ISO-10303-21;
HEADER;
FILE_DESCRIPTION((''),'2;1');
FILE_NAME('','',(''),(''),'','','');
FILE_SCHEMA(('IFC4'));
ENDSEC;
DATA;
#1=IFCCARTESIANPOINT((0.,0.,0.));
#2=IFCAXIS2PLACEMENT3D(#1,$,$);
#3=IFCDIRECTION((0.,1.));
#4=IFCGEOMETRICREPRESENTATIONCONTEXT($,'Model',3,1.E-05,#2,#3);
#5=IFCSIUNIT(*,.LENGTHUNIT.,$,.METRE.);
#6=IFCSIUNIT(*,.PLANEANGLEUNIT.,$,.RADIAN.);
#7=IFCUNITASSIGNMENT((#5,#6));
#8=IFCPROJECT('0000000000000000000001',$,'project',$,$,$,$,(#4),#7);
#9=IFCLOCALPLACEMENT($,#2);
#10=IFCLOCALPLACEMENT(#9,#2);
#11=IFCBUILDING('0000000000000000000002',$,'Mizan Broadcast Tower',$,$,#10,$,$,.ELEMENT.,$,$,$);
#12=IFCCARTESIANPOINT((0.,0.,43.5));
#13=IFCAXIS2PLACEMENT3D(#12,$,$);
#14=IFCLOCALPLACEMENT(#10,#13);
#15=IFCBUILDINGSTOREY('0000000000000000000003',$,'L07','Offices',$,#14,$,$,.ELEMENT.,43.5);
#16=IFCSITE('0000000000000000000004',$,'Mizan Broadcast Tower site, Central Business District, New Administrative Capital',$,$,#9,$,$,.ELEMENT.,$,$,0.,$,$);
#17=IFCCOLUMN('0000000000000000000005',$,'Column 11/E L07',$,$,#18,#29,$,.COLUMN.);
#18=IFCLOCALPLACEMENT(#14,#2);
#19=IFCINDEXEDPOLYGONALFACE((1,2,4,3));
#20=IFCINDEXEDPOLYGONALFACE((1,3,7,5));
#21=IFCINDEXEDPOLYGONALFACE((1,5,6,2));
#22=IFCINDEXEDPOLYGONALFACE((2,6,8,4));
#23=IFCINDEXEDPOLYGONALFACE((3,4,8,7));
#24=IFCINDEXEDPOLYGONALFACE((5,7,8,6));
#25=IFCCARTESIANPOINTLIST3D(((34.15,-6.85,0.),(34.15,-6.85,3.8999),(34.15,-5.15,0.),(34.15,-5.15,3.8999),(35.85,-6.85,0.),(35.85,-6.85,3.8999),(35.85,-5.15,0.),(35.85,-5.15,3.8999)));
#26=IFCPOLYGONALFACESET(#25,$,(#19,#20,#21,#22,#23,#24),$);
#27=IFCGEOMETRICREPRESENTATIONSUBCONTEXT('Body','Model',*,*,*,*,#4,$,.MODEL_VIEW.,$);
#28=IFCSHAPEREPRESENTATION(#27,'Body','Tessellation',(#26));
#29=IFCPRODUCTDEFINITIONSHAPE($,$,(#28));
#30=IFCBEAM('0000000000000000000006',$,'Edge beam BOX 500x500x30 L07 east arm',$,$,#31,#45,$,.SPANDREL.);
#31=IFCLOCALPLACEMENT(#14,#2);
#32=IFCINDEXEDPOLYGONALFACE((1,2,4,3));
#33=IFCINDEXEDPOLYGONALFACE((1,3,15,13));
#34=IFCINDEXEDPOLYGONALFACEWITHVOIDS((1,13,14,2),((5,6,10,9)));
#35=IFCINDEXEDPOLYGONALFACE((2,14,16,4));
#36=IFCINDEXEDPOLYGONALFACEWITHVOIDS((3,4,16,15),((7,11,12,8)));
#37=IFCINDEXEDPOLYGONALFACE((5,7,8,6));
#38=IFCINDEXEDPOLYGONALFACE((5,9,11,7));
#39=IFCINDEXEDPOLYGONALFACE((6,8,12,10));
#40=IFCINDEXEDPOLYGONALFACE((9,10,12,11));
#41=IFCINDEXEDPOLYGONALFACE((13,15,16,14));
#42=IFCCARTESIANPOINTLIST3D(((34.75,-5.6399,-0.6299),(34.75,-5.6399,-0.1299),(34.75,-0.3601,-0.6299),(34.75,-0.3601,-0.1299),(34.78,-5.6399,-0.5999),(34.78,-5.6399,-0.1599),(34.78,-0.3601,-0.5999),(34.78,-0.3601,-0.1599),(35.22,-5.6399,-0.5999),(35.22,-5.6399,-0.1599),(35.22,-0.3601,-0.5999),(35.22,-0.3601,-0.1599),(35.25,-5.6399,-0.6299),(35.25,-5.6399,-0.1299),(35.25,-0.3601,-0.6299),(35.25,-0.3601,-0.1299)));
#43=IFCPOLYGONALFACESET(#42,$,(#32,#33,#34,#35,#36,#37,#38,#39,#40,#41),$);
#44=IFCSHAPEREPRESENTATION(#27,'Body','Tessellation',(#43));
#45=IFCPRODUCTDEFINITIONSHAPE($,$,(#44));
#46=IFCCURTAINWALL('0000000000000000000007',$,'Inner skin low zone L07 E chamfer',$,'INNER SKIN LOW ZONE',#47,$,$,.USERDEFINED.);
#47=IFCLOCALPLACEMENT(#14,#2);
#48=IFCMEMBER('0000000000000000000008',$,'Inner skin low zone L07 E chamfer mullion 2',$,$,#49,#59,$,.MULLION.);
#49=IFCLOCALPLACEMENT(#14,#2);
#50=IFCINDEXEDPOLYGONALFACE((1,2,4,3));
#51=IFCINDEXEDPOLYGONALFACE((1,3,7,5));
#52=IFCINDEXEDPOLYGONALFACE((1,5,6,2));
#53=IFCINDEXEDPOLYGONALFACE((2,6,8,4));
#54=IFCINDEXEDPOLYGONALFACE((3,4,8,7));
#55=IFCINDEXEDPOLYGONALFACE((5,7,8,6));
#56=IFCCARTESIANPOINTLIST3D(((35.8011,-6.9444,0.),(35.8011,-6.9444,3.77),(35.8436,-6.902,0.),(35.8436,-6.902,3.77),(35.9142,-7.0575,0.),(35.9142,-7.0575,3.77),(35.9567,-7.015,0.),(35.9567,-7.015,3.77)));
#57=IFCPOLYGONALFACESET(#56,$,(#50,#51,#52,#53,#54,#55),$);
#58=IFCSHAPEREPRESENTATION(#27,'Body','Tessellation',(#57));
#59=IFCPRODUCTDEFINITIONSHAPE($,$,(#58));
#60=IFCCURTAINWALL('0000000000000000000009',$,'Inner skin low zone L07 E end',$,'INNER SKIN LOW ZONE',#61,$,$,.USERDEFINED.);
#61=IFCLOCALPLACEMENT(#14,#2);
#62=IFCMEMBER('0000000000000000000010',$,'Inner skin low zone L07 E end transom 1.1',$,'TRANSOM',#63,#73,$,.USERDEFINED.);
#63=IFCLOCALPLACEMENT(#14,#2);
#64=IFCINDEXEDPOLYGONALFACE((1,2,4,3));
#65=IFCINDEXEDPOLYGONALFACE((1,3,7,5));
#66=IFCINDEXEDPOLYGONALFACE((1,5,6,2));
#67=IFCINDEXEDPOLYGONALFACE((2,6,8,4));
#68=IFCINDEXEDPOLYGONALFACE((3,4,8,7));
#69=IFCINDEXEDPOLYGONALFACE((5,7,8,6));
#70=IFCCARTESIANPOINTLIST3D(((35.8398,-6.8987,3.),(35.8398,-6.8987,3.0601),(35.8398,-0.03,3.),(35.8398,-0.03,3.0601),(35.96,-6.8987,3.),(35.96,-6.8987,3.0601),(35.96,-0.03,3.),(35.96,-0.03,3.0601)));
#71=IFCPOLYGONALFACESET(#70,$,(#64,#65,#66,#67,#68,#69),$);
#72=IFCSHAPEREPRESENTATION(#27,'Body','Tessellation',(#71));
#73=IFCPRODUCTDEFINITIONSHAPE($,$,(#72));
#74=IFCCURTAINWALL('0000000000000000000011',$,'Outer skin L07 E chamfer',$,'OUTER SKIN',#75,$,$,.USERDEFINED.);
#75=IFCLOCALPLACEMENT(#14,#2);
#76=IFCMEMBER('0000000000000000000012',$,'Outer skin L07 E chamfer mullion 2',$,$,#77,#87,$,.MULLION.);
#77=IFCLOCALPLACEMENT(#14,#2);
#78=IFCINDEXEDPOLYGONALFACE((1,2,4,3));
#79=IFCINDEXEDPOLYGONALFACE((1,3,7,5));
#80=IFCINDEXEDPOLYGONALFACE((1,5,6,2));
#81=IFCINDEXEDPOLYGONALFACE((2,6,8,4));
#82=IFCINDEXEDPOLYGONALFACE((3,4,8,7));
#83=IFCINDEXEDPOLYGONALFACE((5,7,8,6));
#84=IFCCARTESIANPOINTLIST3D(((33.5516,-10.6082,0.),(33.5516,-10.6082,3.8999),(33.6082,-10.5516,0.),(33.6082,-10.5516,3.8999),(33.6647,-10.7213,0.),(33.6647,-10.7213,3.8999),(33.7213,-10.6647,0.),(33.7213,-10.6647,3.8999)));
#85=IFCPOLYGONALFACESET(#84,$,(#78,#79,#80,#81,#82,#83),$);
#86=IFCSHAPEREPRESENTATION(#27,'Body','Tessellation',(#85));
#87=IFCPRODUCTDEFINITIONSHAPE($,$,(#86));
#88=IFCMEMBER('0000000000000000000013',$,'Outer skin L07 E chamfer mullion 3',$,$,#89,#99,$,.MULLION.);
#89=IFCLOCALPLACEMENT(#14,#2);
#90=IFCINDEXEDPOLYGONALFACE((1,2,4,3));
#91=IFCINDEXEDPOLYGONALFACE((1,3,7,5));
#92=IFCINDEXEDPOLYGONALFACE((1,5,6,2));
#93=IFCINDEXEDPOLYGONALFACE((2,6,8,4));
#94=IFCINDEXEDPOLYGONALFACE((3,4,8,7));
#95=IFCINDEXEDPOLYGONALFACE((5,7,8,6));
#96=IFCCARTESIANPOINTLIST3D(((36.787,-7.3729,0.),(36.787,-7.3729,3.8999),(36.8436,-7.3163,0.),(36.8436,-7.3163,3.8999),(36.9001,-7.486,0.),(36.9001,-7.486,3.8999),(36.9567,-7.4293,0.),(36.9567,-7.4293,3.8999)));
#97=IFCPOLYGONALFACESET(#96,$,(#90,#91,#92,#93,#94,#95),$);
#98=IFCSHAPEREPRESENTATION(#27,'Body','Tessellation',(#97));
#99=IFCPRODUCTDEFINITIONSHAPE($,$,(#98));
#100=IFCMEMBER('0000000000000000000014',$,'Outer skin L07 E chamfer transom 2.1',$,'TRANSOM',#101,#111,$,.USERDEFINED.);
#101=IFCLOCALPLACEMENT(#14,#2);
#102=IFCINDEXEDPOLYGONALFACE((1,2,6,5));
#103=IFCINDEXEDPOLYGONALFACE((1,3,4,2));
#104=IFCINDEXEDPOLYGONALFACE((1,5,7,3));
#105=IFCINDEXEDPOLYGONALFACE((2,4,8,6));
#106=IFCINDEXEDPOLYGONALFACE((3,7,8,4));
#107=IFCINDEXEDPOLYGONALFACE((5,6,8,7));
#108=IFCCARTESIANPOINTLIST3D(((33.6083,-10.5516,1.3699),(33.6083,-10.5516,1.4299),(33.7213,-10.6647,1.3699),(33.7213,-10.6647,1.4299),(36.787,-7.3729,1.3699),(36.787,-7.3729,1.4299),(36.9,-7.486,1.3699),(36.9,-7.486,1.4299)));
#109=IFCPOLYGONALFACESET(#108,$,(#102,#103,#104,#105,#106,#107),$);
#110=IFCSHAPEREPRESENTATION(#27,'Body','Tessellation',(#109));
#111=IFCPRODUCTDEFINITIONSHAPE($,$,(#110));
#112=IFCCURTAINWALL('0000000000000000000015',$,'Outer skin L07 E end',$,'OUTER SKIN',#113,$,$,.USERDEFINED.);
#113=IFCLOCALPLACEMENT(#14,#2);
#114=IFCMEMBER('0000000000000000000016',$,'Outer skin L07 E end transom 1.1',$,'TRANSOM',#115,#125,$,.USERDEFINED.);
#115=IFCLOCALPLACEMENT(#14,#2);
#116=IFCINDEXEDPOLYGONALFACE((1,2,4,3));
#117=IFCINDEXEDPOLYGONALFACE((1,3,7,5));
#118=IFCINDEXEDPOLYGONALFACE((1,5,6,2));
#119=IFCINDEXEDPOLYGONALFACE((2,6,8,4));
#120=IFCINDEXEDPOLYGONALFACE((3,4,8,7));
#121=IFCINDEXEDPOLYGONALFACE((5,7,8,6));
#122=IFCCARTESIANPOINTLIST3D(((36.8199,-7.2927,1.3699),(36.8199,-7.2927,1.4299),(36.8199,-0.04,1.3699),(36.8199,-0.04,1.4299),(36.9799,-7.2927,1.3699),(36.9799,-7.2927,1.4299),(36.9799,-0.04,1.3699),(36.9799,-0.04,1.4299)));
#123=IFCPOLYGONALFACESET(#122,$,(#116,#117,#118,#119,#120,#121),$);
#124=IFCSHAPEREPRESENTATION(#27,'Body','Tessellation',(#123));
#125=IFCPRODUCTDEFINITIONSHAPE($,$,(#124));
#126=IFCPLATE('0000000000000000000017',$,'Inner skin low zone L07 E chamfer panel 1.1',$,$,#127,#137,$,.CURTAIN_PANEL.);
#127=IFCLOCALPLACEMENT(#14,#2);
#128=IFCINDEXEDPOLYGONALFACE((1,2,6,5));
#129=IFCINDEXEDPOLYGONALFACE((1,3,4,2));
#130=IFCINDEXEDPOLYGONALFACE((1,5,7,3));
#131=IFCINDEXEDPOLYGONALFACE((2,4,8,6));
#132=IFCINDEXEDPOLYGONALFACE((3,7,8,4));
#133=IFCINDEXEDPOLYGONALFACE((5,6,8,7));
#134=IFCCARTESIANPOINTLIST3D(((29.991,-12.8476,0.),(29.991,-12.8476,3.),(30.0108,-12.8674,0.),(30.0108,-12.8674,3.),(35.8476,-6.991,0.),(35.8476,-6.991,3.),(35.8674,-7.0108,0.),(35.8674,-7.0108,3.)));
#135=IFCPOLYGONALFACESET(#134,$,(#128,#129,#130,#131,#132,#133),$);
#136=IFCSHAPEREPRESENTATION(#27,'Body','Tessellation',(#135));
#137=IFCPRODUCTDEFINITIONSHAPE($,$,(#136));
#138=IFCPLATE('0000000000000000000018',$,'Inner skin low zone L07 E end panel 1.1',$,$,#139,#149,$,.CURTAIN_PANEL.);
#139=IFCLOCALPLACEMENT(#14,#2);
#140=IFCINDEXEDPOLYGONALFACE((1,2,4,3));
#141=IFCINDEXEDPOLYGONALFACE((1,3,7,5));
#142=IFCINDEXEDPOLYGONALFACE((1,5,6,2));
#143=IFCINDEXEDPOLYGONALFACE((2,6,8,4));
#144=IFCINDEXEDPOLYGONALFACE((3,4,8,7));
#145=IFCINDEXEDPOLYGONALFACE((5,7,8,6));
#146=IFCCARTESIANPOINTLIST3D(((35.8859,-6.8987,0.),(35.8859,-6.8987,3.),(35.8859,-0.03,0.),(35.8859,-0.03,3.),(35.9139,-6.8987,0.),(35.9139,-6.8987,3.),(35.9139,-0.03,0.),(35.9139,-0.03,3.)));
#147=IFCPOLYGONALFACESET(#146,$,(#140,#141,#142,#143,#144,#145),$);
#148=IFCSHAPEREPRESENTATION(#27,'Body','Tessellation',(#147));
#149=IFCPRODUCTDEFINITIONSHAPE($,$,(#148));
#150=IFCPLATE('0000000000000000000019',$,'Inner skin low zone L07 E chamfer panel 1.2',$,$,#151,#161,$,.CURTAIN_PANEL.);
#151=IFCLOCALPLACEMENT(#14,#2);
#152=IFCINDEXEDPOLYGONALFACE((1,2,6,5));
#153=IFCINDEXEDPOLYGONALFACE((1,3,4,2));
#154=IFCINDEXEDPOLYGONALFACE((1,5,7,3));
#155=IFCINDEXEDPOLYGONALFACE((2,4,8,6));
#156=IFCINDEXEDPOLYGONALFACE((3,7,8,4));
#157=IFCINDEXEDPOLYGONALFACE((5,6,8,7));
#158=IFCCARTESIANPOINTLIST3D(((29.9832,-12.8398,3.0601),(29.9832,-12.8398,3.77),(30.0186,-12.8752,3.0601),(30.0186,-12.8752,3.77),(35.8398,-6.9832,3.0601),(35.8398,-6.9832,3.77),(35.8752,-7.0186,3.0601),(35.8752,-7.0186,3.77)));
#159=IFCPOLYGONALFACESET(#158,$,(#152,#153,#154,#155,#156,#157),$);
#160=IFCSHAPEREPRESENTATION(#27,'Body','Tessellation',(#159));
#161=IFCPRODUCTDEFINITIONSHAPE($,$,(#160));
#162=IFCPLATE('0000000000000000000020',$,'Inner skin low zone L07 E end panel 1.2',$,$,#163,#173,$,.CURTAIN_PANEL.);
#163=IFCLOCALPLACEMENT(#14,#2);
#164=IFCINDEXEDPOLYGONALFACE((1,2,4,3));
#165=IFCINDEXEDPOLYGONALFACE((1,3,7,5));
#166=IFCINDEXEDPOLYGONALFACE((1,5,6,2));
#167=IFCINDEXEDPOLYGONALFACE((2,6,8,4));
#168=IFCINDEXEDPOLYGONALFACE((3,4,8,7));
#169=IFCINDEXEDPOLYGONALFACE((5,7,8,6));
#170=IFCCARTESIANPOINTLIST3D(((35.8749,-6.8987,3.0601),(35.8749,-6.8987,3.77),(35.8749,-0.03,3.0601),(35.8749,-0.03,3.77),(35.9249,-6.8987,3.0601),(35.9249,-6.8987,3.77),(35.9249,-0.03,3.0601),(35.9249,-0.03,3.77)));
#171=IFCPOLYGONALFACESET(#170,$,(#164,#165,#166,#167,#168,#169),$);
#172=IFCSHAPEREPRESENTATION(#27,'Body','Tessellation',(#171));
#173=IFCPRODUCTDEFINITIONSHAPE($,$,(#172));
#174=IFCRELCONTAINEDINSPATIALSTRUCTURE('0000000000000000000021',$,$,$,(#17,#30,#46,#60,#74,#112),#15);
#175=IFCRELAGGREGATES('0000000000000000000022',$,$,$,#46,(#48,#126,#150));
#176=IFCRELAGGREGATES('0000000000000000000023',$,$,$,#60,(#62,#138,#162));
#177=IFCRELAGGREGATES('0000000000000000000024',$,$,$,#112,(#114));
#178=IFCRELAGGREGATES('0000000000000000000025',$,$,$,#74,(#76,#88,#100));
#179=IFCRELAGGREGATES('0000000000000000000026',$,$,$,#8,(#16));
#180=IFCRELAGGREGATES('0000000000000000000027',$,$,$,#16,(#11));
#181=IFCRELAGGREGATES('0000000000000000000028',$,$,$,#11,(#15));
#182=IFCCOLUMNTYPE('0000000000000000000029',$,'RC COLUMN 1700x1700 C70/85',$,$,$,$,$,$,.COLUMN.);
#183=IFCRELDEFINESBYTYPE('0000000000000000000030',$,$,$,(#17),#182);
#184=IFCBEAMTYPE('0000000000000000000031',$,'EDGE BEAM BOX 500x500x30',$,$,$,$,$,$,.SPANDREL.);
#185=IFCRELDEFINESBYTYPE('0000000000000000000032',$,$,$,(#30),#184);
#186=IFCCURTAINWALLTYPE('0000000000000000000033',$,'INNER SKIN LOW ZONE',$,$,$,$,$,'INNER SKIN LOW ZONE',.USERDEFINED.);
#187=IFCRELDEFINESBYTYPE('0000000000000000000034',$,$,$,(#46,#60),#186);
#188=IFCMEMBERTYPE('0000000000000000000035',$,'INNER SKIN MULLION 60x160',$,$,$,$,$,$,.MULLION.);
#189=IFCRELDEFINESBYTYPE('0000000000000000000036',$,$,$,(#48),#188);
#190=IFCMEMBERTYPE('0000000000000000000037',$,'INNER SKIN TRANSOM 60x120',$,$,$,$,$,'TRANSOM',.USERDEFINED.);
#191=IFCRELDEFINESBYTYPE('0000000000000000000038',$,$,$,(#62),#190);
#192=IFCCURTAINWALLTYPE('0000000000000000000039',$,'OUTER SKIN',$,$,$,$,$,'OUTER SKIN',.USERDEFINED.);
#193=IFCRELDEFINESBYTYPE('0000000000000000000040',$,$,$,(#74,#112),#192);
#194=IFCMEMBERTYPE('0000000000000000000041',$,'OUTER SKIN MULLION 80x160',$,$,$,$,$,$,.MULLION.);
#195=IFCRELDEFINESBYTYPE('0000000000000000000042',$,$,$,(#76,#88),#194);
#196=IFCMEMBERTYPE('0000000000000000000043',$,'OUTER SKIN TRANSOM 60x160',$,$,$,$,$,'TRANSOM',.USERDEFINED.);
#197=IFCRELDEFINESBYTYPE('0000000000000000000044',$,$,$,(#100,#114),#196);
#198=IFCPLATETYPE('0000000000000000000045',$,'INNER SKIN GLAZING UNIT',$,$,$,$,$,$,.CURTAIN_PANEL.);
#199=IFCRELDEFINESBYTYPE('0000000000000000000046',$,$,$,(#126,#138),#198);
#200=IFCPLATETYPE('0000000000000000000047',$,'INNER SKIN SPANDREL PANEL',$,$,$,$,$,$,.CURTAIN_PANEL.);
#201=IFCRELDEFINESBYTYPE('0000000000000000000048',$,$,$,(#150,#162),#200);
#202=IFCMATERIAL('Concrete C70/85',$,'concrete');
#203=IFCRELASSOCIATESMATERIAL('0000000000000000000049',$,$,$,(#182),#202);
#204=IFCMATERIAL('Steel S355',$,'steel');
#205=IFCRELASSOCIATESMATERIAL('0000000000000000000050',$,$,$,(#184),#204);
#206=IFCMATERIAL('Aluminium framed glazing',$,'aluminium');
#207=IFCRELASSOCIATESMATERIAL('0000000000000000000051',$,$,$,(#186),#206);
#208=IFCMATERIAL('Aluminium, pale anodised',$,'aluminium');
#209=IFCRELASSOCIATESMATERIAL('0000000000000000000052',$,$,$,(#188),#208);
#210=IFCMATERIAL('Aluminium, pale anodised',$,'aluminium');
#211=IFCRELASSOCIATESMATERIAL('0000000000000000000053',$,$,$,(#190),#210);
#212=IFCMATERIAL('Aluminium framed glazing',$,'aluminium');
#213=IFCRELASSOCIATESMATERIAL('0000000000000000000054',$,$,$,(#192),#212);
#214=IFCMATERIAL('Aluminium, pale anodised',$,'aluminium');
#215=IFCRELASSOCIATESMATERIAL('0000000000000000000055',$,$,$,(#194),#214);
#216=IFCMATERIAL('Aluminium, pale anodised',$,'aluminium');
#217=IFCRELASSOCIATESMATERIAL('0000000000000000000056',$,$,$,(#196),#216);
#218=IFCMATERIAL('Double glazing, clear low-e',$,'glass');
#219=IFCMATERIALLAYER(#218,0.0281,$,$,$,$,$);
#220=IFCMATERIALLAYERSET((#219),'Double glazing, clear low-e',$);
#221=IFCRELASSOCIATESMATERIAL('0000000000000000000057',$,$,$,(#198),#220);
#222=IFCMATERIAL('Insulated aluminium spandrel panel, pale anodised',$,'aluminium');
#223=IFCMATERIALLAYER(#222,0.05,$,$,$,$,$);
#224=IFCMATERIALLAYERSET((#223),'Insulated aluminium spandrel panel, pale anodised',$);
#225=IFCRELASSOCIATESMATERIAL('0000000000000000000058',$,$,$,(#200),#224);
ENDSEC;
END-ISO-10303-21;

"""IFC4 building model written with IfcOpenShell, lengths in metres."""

from ifc_helpers import new_model, si_unit, direction, frame, origin, origin_2d, place, context, subcontext, project, spatial, rectangle, hollow_rectangle, extrude, material, layer, layer_set, material_profile, profile_set, type_object, element, aggregate, save


model = new_model("IFC4")

# Units and contexts
model_context = context("Model", 3, precision=1e-05, world=origin(), true_north=direction((0.0, 1.0)))
body_context = subcontext(model_context, "Body", "Model", "MODEL_VIEW")
ifc_project = project(units=[si_unit("LENGTHUNIT", "METRE"), si_unit("PLANEANGLEUNIT", "RADIAN")], contexts=[model_context])

# Site, building, storey
site_placement = place(None, origin())
site = spatial("IfcSite", under=ifc_project, at=site_placement, Name="Mizan Broadcast Tower site, Central Business District, New Administrative Capital", CompositionType="ELEMENT", RefElevation=0.0)
building_placement = place(site_placement, origin())
building = spatial("IfcBuilding", under=site, at=building_placement, Name="Mizan Broadcast Tower", CompositionType="ELEMENT")
storey_placement = place(building_placement, frame((0.0, 0.0, 43.5)))
storey = spatial("IfcBuildingStorey", under=building, at=storey_placement, Name="L07", Description="Offices", CompositionType="ELEMENT", Elevation=43.5)

# Column
ifc_material_1 = material(Name="Concrete C70/85", Category="concrete")
ifc_material_profile_1 = material_profile(ifc_material_1, rectangle(XDim=1.7, YDim=1.7, at=origin_2d()), Name="RC 1700x1700")
ifc_profile_set_1 = profile_set([ifc_material_profile_1], Name="Concrete C70/85")
column_type = type_object("IfcColumnType", Name="RC COLUMN 1700x1700 C70/85", PredefinedType="COLUMN", material=ifc_profile_set_1)
column_placement = place(storey_placement, frame((35.0, -6.0, 0.0), z_axis=(0.0, 0.0, 1.0), x_axis=(1.0, 0.0, 0.0)))
element("IfcColumn", 1, at=column_placement, inside=storey, type_object=column_type, Name="Column 11/E L07", PredefinedType="COLUMN", context=body_context, shape_type="SweptSolid", body=[
    extrude(rectangle(XDim=1.7, YDim=1.7, at=origin_2d()), origin(), (0.0, 0.0, 1.0), 3.8999),
])

# Beam
ifc_material_2 = material(Name="Steel S355", Category="steel")
ifc_material_profile_2 = material_profile(ifc_material_2, hollow_rectangle(XDim=0.5, YDim=0.5, WallThickness=0.03, at=origin_2d()), Name="BOX 500x500x30")
ifc_profile_set_2 = profile_set([ifc_material_profile_2], Name="Steel S355")
beam_type = type_object("IfcBeamType", Name="EDGE BEAM BOX 500x500x30", PredefinedType="SPANDREL", material=ifc_profile_set_2)
beam_placement = place(storey_placement, frame((35.0, -5.6399, -0.3799), z_axis=(0.0, 1.0, 0.0), x_axis=(-1.0, 0.0, 0.0)))
element("IfcBeam", 2, at=beam_placement, inside=storey, type_object=beam_type, Name="Edge beam BOX 500x500x30 L07 east arm", PredefinedType="SPANDREL", context=body_context, shape_type="SweptSolid", body=[
    extrude(hollow_rectangle(XDim=0.5, YDim=0.5, WallThickness=0.03, at=origin_2d()), origin(), (0.0, 0.0, 1.0), 5.2798),
])

# Curtain walls, members
ifc_material_3 = material(Name="Aluminium framed glazing", Category="aluminium")
curtain_wall_type_1 = type_object("IfcCurtainWallType", Name="INNER SKIN LOW ZONE", ElementType="INNER SKIN LOW ZONE", PredefinedType="USERDEFINED", material=ifc_material_3)
curtain_wall_1_placement = place(storey_placement, origin())
curtain_wall_1 = element("IfcCurtainWall", 3, at=curtain_wall_1_placement, inside=storey, type_object=curtain_wall_type_1, Name="Inner skin low zone L07 E chamfer", ObjectType="INNER SKIN LOW ZONE", PredefinedType="USERDEFINED")
ifc_material_4 = material(Name="Aluminium, pale anodised", Category="aluminium")
ifc_material_profile_3 = material_profile(ifc_material_4, rectangle(XDim=0.1599, YDim=0.0601, at=origin_2d()), Name="MULLION 160x60")
ifc_profile_set_3 = profile_set([ifc_material_profile_3], Name="Aluminium, pale anodised")
member_type_1 = type_object("IfcMemberType", Name="INNER SKIN MULLION 60x160", PredefinedType="MULLION", material=ifc_profile_set_3)
member_1_placement = place(storey_placement, frame((35.8789, -6.9797, 0.0), z_axis=(0.0, 0.0, 1.0), x_axis=(-0.707107, 0.707107, 0.0)))
member_1 = element("IfcMember", 4, at=member_1_placement, type_object=member_type_1, Name="Inner skin low zone L07 E chamfer mullion 2", PredefinedType="MULLION", context=body_context, shape_type="SweptSolid", body=[
    extrude(rectangle(XDim=0.1599, YDim=0.0601, at=origin_2d()), origin(), (0.0, 0.0, 1.0), 3.77),
])
curtain_wall_2_placement = place(storey_placement, origin())
curtain_wall_2 = element("IfcCurtainWall", 5, at=curtain_wall_2_placement, inside=storey, type_object=curtain_wall_type_1, Name="Inner skin low zone L07 E end", ObjectType="INNER SKIN LOW ZONE", PredefinedType="USERDEFINED")
ifc_material_5 = material(Name="Aluminium, pale anodised", Category="aluminium")
ifc_material_profile_4 = material_profile(ifc_material_5, rectangle(XDim=0.1201, YDim=0.0601, at=origin_2d()), Name="TRANSOM 120x60")
ifc_profile_set_4 = profile_set([ifc_material_profile_4], Name="Aluminium, pale anodised")
member_type_2 = type_object("IfcMemberType", Name="INNER SKIN TRANSOM 60x120", ElementType="TRANSOM", PredefinedType="USERDEFINED", material=ifc_profile_set_4)
member_2_placement = place(storey_placement, frame((35.8999, -6.8987, 3.03), z_axis=(0.0, 1.0, 0.0), x_axis=(-1.0, 0.0, 0.0)))
member_2 = element("IfcMember", 6, at=member_2_placement, type_object=member_type_2, Name="Inner skin low zone L07 E end transom 1.1", ObjectType="TRANSOM", PredefinedType="USERDEFINED", context=body_context, shape_type="SweptSolid", body=[
    extrude(rectangle(XDim=0.1201, YDim=0.0601, at=origin_2d()), origin(), (0.0, 0.0, 1.0), 6.8687),
])

# Curtain wall, members
ifc_material_6 = material(Name="Aluminium framed glazing", Category="aluminium")
curtain_wall_type_2 = type_object("IfcCurtainWallType", Name="OUTER SKIN", ElementType="OUTER SKIN", PredefinedType="USERDEFINED", material=ifc_material_6)
curtain_wall_3_placement = place(storey_placement, origin())
curtain_wall_3 = element("IfcCurtainWall", 7, at=curtain_wall_3_placement, inside=storey, type_object=curtain_wall_type_2, Name="Outer skin L07 E chamfer", ObjectType="OUTER SKIN", PredefinedType="USERDEFINED")
ifc_material_7 = material(Name="Aluminium, pale anodised", Category="aluminium")
ifc_material_profile_5 = material_profile(ifc_material_7, rectangle(XDim=0.1599, YDim=0.0801, at=origin_2d()), Name="MULLION 160x80")
ifc_profile_set_5 = profile_set([ifc_material_profile_5], Name="Aluminium, pale anodised")
member_type_3 = type_object("IfcMemberType", Name="OUTER SKIN MULLION 80x160", PredefinedType="MULLION", material=ifc_profile_set_5)
member_3_placement = place(storey_placement, frame((33.6365, -10.6365, 0.0), z_axis=(0.0, 0.0, 1.0), x_axis=(-0.707107, 0.707107, 0.0)))
member_3 = element("IfcMember", 8, at=member_3_placement, type_object=member_type_3, Name="Outer skin L07 E chamfer mullion 2", PredefinedType="MULLION", context=body_context, shape_type="SweptSolid", body=[
    extrude(rectangle(XDim=0.1599, YDim=0.0801, at=origin_2d()), origin(), (0.0, 0.0, 1.0), 3.8999),
])
member_4_placement = place(storey_placement, frame((36.8718, -7.4011, 0.0), z_axis=(0.0, 0.0, 1.0), x_axis=(-0.707107, 0.707107, 0.0)))
member_4 = element("IfcMember", 9, at=member_4_placement, type_object=member_type_3, Name="Outer skin L07 E chamfer mullion 3", PredefinedType="MULLION", context=body_context, shape_type="SweptSolid", body=[
    extrude(rectangle(XDim=0.1599, YDim=0.0801, at=origin_2d()), origin(), (0.0, 0.0, 1.0), 3.8999),
])
ifc_material_8 = material(Name="Aluminium, pale anodised", Category="aluminium")
ifc_material_profile_6 = material_profile(ifc_material_8, rectangle(XDim=0.1599, YDim=0.0601, at=origin_2d()), Name="TRANSOM 160x60")
ifc_profile_set_6 = profile_set([ifc_material_profile_6], Name="Aluminium, pale anodised")
member_type_4 = type_object("IfcMemberType", Name="OUTER SKIN TRANSOM 60x160", ElementType="TRANSOM", PredefinedType="USERDEFINED", material=ifc_profile_set_6)
member_5_placement = place(storey_placement, frame((33.6648, -10.6082, 1.3999), z_axis=(0.707107, 0.707107, 0.0), x_axis=(-0.707107, 0.707107, 0.0)))
member_5 = element("IfcMember", 10, at=member_5_placement, type_object=member_type_4, Name="Outer skin L07 E chamfer transom 2.1", ObjectType="TRANSOM", PredefinedType="USERDEFINED", context=body_context, shape_type="SweptSolid", body=[
    extrude(rectangle(XDim=0.1599, YDim=0.0601, at=origin_2d()), origin(), (0.0, 0.0, 1.0), 4.4954),
])

# Curtain wall, member
curtain_wall_4_placement = place(storey_placement, origin())
curtain_wall_4 = element("IfcCurtainWall", 11, at=curtain_wall_4_placement, inside=storey, type_object=curtain_wall_type_2, Name="Outer skin L07 E end", ObjectType="OUTER SKIN", PredefinedType="USERDEFINED")
member_6_placement = place(storey_placement, frame((36.8999, -7.2927, 1.3999), z_axis=(0.0, 1.0, 0.0), x_axis=(-1.0, 0.0, 0.0)))
member_6 = element("IfcMember", 12, at=member_6_placement, type_object=member_type_4, Name="Outer skin L07 E end transom 1.1", ObjectType="TRANSOM", PredefinedType="USERDEFINED", context=body_context, shape_type="SweptSolid", body=[
    extrude(rectangle(XDim=0.1599, YDim=0.0601, at=origin_2d()), origin(), (0.0, 0.0, 1.0), 7.2527),
])

# Plates
ifc_material_9 = material(Name="Double glazing, clear low-e", Category="glass")
ifc_layer_1 = layer(ifc_material_9, 0.0281)
ifc_layer_set_1 = layer_set([ifc_layer_1], Name="Double glazing, clear low-e")
plate_type_1 = type_object("IfcPlateType", Name="INNER SKIN GLAZING UNIT", PredefinedType="CURTAIN_PANEL", material=ifc_layer_set_1)
plate_1_placement = place(storey_placement, frame((32.9292, -9.9292, 0.0), z_axis=(0.0, 0.0, 1.0), x_axis=(0.707107, 0.707107, 0.0)))
plate_1 = element("IfcPlate", 13, at=plate_1_placement, type_object=plate_type_1, Name="Inner skin low zone L07 E chamfer panel 1.1", PredefinedType="CURTAIN_PANEL", context=body_context, shape_type="SweptSolid", body=[
    extrude(rectangle(XDim=8.2825, YDim=0.0281, at=origin_2d()), origin(), (0.0, 0.0, 1.0), 3.0),
])
plate_2_placement = place(storey_placement, frame((35.8999, -3.4644, 0.0), z_axis=(0.0, 0.0, 1.0), x_axis=(0.0, 1.0, 0.0)))
plate_2 = element("IfcPlate", 14, at=plate_2_placement, type_object=plate_type_1, Name="Inner skin low zone L07 E end panel 1.1", PredefinedType="CURTAIN_PANEL", context=body_context, shape_type="SweptSolid", body=[
    extrude(rectangle(XDim=6.8687, YDim=0.0281, at=origin_2d()), origin(), (0.0, 0.0, 1.0), 3.0),
])
ifc_material_10 = material(Name="Insulated aluminium spandrel panel, pale anodised", Category="aluminium")
ifc_layer_2 = layer(ifc_material_10, 0.05)
ifc_layer_set_2 = layer_set([ifc_layer_2], Name="Insulated aluminium spandrel panel, pale anodised")
plate_type_2 = type_object("IfcPlateType", Name="INNER SKIN SPANDREL PANEL", PredefinedType="CURTAIN_PANEL", material=ifc_layer_set_2)
plate_3_placement = place(storey_placement, frame((32.9292, -9.9292, 3.0601), z_axis=(0.0, 0.0, 1.0), x_axis=(0.707107, 0.707107, 0.0)))
plate_3 = element("IfcPlate", 15, at=plate_3_placement, type_object=plate_type_2, Name="Inner skin low zone L07 E chamfer panel 1.2", PredefinedType="CURTAIN_PANEL", context=body_context, shape_type="SweptSolid", body=[
    extrude(rectangle(XDim=8.2825, YDim=0.05, at=origin_2d()), origin(), (0.0, 0.0, 1.0), 0.71),
])
aggregate(curtain_wall_1, [member_1, plate_1, plate_3])
plate_4_placement = place(storey_placement, frame((35.8999, -3.4644, 3.0601), z_axis=(0.0, 0.0, 1.0), x_axis=(0.0, 1.0, 0.0)))
plate_4 = element("IfcPlate", 16, at=plate_4_placement, type_object=plate_type_2, Name="Inner skin low zone L07 E end panel 1.2", PredefinedType="CURTAIN_PANEL", context=body_context, shape_type="SweptSolid", body=[
    extrude(rectangle(XDim=6.8687, YDim=0.05, at=origin_2d()), origin(), (0.0, 0.0, 1.0), 0.71),
])
aggregate(curtain_wall_2, [member_2, plate_2, plate_4])
aggregate(curtain_wall_4, [member_6])
aggregate(curtain_wall_3, [member_3, member_4, member_5])

save(model, "model.ifc")
